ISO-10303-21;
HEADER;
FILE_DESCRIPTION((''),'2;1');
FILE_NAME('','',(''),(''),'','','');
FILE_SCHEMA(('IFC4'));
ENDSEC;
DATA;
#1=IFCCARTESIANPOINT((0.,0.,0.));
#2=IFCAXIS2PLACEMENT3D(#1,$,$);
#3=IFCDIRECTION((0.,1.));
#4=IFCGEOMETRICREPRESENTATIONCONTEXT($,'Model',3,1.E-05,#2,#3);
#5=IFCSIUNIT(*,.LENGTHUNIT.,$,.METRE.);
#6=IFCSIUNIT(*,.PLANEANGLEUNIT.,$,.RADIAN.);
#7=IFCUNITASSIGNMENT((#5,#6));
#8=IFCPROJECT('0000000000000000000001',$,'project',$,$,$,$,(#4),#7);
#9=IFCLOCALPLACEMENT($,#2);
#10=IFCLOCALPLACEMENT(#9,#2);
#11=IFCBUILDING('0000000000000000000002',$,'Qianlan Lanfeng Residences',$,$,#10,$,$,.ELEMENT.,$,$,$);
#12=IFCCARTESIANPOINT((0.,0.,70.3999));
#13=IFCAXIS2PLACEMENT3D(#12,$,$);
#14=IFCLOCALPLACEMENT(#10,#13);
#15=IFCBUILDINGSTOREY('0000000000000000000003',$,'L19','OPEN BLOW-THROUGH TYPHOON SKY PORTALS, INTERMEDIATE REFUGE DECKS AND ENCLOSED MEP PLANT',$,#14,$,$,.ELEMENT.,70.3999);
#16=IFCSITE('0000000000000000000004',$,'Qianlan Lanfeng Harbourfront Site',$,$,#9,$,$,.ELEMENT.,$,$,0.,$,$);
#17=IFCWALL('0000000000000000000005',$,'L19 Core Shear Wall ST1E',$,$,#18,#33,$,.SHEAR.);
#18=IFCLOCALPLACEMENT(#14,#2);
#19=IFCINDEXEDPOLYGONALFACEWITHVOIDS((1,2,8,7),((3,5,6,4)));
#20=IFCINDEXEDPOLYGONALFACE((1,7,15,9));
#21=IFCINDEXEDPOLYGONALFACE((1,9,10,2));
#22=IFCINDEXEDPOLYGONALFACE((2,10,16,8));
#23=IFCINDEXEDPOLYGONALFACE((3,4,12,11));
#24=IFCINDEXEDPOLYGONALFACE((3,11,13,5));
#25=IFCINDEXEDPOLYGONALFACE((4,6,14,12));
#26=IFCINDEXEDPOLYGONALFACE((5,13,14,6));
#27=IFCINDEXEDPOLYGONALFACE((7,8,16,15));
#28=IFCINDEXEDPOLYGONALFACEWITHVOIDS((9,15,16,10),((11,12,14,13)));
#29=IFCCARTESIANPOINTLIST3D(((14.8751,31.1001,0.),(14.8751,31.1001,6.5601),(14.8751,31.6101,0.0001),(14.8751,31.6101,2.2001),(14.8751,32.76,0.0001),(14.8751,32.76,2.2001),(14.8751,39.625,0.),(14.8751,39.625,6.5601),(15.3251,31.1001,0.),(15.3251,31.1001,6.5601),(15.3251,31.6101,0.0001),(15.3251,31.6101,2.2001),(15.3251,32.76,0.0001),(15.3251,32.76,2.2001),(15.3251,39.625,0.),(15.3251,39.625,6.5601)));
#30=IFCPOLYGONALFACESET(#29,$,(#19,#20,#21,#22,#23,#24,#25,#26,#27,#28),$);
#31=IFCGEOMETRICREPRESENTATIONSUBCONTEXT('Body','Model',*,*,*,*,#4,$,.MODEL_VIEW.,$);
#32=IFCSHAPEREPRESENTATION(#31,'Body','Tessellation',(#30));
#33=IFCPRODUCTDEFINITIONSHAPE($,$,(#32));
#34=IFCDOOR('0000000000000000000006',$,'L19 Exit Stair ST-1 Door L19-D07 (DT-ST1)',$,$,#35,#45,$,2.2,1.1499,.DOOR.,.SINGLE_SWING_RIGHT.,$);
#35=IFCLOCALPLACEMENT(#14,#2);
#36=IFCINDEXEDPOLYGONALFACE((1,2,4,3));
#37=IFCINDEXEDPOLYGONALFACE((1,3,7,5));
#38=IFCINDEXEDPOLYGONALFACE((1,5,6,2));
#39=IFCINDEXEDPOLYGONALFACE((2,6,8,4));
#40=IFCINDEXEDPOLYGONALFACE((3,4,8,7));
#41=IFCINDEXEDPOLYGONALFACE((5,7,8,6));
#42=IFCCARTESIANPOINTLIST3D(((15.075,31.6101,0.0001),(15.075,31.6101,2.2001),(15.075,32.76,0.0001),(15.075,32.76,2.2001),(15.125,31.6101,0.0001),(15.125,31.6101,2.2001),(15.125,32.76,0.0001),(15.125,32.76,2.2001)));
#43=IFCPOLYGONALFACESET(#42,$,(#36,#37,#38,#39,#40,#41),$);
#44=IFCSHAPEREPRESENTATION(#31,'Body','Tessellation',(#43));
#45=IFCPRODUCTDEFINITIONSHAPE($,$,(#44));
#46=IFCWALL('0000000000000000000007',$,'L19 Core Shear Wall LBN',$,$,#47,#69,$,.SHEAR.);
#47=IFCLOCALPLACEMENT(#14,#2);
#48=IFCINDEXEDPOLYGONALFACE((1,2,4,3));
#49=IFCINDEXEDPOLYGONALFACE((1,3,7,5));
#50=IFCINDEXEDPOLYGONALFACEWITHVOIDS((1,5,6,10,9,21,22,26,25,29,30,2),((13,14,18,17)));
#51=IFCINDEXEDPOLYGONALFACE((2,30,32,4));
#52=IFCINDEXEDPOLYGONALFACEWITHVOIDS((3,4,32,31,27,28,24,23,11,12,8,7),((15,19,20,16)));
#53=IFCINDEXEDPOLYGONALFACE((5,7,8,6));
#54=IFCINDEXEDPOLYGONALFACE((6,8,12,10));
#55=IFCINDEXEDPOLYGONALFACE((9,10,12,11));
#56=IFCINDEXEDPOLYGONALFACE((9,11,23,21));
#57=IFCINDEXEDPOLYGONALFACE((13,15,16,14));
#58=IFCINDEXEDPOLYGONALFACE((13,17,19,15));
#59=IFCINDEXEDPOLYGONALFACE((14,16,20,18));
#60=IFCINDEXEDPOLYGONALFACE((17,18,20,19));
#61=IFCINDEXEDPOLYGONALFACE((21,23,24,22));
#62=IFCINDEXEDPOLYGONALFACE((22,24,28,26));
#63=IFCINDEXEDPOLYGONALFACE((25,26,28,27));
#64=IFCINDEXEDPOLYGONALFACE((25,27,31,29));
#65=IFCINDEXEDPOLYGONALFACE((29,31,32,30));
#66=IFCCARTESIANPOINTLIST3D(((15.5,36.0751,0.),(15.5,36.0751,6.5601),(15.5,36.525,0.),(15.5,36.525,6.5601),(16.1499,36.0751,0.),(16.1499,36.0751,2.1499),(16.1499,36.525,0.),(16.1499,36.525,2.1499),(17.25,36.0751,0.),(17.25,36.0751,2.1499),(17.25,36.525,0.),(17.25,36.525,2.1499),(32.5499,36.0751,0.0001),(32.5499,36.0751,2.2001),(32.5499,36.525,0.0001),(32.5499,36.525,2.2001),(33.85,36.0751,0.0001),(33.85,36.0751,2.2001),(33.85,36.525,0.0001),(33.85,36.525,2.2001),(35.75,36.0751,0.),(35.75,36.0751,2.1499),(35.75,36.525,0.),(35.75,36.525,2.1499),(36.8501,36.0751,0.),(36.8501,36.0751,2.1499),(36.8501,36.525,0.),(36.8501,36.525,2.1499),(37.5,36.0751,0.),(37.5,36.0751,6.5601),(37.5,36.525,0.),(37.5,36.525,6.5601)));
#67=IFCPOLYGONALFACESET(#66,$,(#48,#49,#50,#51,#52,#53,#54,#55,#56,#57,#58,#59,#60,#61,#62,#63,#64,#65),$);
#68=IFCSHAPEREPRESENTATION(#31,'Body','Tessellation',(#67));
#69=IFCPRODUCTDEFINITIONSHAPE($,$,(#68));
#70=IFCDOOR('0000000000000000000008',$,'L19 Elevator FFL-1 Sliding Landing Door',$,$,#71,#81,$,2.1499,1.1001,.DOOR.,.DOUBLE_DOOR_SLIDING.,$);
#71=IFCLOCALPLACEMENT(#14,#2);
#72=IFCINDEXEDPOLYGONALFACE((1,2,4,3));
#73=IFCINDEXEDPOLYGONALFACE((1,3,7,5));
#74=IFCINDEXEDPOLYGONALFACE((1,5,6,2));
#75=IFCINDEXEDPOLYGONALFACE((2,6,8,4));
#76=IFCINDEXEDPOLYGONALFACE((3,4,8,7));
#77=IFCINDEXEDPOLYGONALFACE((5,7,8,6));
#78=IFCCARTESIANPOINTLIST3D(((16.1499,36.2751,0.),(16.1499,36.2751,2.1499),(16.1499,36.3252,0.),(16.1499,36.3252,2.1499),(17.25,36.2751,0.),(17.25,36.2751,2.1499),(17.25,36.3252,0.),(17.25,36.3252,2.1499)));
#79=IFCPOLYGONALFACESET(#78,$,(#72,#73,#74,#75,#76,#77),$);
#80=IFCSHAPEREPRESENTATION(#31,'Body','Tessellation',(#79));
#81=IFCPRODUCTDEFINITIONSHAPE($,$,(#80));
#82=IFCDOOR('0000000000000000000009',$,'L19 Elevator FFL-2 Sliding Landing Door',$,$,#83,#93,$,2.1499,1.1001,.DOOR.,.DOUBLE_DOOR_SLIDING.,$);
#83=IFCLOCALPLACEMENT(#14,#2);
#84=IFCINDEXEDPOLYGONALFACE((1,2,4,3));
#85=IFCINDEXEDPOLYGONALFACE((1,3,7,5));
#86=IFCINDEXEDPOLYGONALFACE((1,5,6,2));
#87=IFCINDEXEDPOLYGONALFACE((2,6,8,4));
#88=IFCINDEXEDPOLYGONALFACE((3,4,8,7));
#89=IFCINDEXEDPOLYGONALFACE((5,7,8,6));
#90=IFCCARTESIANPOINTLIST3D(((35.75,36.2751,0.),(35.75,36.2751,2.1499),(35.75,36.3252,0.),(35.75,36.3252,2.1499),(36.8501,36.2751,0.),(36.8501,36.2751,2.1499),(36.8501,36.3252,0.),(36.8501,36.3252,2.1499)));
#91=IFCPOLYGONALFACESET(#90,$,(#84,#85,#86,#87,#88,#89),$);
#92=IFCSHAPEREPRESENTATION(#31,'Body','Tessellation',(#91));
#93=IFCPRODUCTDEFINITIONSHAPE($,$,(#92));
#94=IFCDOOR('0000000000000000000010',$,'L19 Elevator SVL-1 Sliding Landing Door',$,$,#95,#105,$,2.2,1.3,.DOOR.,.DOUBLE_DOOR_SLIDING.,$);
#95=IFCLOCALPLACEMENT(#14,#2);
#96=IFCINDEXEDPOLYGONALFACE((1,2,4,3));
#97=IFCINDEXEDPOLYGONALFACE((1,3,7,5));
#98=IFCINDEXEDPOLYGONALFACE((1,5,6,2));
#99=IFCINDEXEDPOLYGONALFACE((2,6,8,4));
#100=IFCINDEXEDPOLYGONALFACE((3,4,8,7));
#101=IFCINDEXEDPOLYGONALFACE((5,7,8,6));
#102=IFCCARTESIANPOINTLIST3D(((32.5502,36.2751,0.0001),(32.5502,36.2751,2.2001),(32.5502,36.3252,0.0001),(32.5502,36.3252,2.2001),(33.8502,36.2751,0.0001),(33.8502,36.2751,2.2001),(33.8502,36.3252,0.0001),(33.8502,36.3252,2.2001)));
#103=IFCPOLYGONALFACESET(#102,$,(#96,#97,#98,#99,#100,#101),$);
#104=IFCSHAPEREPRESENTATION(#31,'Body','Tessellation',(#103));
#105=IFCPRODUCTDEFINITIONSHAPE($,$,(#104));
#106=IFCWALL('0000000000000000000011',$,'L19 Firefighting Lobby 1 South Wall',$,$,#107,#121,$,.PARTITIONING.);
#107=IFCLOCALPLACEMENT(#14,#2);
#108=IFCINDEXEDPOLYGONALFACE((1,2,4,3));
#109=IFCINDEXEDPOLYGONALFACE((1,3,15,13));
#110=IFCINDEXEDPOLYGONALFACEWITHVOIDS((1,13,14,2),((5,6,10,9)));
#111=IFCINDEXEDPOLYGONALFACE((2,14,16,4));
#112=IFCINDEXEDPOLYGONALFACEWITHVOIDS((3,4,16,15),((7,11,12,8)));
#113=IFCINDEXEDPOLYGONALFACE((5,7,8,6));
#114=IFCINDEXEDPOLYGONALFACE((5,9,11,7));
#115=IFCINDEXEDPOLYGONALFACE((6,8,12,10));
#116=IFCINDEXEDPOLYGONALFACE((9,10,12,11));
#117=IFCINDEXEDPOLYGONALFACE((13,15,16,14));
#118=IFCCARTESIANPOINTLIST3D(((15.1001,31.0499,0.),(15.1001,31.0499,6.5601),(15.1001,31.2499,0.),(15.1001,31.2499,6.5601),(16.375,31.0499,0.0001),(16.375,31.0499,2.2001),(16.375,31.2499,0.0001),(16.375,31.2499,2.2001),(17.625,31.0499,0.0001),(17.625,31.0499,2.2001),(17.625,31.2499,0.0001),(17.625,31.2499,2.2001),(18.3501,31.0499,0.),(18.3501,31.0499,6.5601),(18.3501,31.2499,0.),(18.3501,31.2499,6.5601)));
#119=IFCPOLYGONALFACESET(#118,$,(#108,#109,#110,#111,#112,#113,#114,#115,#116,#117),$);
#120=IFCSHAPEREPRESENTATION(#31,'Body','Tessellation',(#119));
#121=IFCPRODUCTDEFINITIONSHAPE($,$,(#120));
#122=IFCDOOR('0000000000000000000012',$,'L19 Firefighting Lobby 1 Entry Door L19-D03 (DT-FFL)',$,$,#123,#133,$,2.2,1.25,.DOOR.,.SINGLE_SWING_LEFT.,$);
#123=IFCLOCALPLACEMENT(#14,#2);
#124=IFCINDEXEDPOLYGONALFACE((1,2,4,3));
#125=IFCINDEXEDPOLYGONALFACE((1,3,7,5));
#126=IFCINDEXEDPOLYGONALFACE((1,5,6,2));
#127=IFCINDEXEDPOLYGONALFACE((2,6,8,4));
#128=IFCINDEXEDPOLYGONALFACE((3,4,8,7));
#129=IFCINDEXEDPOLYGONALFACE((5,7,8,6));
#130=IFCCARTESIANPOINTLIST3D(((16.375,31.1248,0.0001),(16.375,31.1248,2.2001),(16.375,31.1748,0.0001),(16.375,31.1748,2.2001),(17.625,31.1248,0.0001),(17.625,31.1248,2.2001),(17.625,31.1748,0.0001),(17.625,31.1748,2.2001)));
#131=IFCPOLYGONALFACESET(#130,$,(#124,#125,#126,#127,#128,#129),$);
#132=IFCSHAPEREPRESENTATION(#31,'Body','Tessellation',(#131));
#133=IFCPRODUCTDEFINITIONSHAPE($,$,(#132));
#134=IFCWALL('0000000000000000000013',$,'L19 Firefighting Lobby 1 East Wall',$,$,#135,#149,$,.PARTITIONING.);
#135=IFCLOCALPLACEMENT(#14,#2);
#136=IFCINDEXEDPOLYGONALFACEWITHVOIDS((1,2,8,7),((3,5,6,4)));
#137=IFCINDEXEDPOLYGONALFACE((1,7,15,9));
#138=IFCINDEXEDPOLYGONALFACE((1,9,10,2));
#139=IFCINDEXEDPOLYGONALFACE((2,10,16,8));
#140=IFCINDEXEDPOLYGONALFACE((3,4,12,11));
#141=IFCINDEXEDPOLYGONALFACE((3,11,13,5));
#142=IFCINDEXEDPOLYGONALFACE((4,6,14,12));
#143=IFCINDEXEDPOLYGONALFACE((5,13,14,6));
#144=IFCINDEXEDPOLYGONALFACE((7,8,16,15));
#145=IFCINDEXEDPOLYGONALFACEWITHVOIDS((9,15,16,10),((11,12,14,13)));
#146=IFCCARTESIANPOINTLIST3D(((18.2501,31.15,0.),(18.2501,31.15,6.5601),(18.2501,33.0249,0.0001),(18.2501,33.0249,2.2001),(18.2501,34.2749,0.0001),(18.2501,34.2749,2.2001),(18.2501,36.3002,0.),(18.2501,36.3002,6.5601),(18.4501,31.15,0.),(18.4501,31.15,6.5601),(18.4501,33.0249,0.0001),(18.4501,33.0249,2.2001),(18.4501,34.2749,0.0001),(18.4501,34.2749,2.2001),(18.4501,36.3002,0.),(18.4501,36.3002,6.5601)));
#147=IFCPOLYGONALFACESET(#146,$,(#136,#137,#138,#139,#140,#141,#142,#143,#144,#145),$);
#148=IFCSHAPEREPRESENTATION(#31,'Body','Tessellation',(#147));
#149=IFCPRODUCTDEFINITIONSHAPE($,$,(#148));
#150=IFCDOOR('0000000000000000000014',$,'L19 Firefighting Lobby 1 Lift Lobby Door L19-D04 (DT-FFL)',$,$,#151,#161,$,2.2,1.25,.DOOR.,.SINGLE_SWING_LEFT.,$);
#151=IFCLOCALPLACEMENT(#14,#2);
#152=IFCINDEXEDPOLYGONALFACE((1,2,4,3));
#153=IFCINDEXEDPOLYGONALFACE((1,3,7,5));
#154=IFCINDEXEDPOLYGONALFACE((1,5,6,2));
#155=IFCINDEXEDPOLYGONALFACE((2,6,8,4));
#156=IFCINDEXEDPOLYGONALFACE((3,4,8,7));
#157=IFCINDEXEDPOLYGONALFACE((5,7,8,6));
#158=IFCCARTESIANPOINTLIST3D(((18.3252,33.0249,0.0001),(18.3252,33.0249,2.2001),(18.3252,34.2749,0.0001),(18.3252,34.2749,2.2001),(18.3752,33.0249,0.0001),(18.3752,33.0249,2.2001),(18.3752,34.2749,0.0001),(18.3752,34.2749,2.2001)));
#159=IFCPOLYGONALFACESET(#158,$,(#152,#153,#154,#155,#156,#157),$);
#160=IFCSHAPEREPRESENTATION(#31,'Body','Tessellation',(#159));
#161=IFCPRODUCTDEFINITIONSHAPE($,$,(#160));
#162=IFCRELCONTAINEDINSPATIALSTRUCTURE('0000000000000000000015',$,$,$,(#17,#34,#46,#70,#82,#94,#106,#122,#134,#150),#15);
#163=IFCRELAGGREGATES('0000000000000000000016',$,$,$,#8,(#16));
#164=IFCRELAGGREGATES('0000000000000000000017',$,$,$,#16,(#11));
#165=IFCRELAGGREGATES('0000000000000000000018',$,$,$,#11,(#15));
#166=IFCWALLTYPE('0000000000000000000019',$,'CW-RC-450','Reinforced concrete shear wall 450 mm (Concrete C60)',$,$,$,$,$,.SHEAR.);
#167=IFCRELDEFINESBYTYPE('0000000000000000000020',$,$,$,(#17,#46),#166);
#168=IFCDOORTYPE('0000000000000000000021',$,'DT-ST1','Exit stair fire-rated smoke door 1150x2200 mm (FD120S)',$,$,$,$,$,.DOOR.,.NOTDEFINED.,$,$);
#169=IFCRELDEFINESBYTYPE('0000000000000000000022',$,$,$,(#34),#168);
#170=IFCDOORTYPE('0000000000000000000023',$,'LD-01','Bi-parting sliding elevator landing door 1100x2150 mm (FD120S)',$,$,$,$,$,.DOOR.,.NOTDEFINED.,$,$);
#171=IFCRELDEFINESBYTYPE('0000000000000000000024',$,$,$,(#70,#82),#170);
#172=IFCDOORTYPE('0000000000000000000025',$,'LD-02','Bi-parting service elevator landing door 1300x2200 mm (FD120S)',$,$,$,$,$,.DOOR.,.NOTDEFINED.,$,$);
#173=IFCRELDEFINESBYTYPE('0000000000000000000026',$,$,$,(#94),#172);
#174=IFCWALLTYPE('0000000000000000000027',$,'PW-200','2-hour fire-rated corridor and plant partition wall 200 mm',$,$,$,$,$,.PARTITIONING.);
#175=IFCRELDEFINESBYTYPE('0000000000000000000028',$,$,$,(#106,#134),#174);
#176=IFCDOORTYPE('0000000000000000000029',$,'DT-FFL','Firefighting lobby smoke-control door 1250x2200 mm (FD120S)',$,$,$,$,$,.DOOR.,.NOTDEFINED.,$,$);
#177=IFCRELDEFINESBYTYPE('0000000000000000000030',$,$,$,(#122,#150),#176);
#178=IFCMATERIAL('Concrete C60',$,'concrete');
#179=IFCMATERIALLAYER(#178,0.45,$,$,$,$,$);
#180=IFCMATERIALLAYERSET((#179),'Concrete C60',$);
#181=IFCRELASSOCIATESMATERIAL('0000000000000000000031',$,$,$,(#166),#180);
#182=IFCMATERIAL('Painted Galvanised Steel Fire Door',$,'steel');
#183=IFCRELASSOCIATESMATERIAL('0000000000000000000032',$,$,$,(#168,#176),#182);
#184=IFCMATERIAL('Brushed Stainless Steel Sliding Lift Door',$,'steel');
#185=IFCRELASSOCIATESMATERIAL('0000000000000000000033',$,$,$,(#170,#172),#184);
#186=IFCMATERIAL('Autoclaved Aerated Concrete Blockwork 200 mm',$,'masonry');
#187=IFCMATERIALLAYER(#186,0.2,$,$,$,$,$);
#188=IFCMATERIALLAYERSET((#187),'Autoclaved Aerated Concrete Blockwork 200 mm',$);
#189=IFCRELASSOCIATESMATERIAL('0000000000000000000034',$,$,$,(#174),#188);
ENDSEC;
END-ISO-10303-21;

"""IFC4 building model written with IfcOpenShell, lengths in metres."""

from ifc_helpers import new_model, si_unit, direction, frame, frame_2d, origin, place, context, subcontext, project, spatial, rectangle, extrude, material, layer, layer_set, type_object, element, fill, save


model = new_model("IFC4")

# Units and contexts
model_context = context("Model", 3, precision=1e-05, world=origin(), true_north=direction((0.0, 1.0)))
body_context = subcontext(model_context, "Body", "Model", "MODEL_VIEW")
ifc_project = project(units=[si_unit("LENGTHUNIT", "METRE"), si_unit("PLANEANGLEUNIT", "RADIAN")], contexts=[model_context])

# Site, building, storey
site_placement = place(None, origin())
site = spatial("IfcSite", under=ifc_project, at=site_placement, Name="Qianlan Lanfeng Harbourfront Site", CompositionType="ELEMENT", RefElevation=0.0)
building_placement = place(site_placement, origin())
building = spatial("IfcBuilding", under=site, at=building_placement, Name="Qianlan Lanfeng Residences", CompositionType="ELEMENT")
storey_placement = place(building_placement, frame((0.0, 0.0, 70.3999)))
storey = spatial("IfcBuildingStorey", under=building, at=storey_placement, Name="L19", Description="OPEN BLOW-THROUGH TYPHOON SKY PORTALS, INTERMEDIATE REFUGE DECKS AND ENCLOSED MEP PLANT", CompositionType="ELEMENT", Elevation=70.3999)

# Wall, opening, door
ifc_material_1 = material(Name="Concrete C60", Category="concrete")
ifc_layer_1 = layer(ifc_material_1, 0.45)
ifc_layer_set_1 = layer_set([ifc_layer_1], Name="Concrete C60")
wall_type_1 = type_object("IfcWallType", Name="CW-RC-450", Description="Reinforced concrete shear wall 450 mm (Concrete C60)", PredefinedType="SHEAR", material=ifc_layer_set_1)
wall_1_placement = place(storey_placement, frame((15.1001, 31.1001, 0.0), z_axis=(0.0, 0.0, 1.0), x_axis=(0.0, 1.0, 0.0)))
wall_1 = element("IfcWall", 1, at=wall_1_placement, inside=storey, type_object=wall_type_1, Name="L19 Core Shear Wall ST1E", PredefinedType="SHEAR", context=body_context, shape_type="SweptSolid", body=[
    extrude(rectangle(XDim=8.5249, YDim=0.45, at=frame_2d((4.2625, 0.0))), origin(), (0.0, 0.0, 1.0), 6.5601),
])
opening_1_placement = place(wall_1_placement, frame((0.51, 0.0, 0.0)))
opening_1 = element("IfcOpeningElement", 2, at=opening_1_placement, cuts=wall_1, PredefinedType="OPENING", context=body_context, shape_type="SweptSolid", body=[
    extrude(rectangle(XDim=1.1499, YDim=2.2, at=frame_2d((0.575, 1.1001))), frame((0.0, 0.2349, 0.0), z_axis=(0.0, -1.0, 0.0), x_axis=(1.0, 0.0, 0.0)), (0.0, 0.0, 1.0), 0.47),
])
ifc_material_2 = material(Name="Painted Galvanised Steel Fire Door", Category="steel")
door_type_1 = type_object("IfcDoorType", Name="DT-ST1", Description="Exit stair fire-rated smoke door 1150x2200 mm (FD120S)", OperationType="NOTDEFINED", PredefinedType="DOOR", material=ifc_material_2)
door_1_placement = place(opening_1_placement, frame((1.1499, 0.0, 0.0), z_axis=(0.0, 0.0, 1.0), x_axis=(-1.0, 0.0, 0.0)))
door_1 = element("IfcDoor", 3, at=door_1_placement, inside=storey, type_object=door_type_1, Name="L19 Exit Stair ST-1 Door L19-D07 (DT-ST1)", OperationType="SINGLE_SWING_RIGHT", OverallHeight=2.2, OverallWidth=1.1499, PredefinedType="DOOR", context=body_context, shape_type="SweptSolid", body=[
    extrude(rectangle(XDim=1.1499, YDim=2.2, at=frame_2d((0.575, 1.1001))), frame((0.0, 0.0249, 0.0), z_axis=(0.0, -1.0, 0.0), x_axis=(1.0, 0.0, 0.0)), (0.0, 0.0, 1.0), 0.05),
])
fill(opening_1, door_1)

# Wall, openings, doors
wall_2_placement = place(storey_placement, frame((15.5, 36.3, 0.0), z_axis=(0.0, 0.0, 1.0), x_axis=(1.0, 0.0, 0.0)))
wall_2 = element("IfcWall", 4, at=wall_2_placement, inside=storey, type_object=wall_type_1, Name="L19 Core Shear Wall LBN", PredefinedType="SHEAR", context=body_context, shape_type="SweptSolid", body=[
    extrude(rectangle(XDim=22.0, YDim=0.45, at=frame_2d((11.0, 0.0))), origin(), (0.0, 0.0, 1.0), 6.5601),
])
opening_2_placement = place(wall_2_placement, frame((0.6499, 0.0, 0.0)))
opening_2 = element("IfcOpeningElement", 5, at=opening_2_placement, cuts=wall_2, PredefinedType="OPENING", context=body_context, shape_type="SweptSolid", body=[
    extrude(rectangle(XDim=1.1001, YDim=2.1499, at=frame_2d((0.55, 1.075))), frame((0.0, 0.2349, 0.0), z_axis=(0.0, -1.0, 0.0), x_axis=(1.0, 0.0, 0.0)), (0.0, 0.0, 1.0), 0.47),
])
opening_3_placement = place(wall_2_placement, frame((20.25, 0.0, 0.0)))
opening_3 = element("IfcOpeningElement", 6, at=opening_3_placement, cuts=wall_2, PredefinedType="OPENING", context=body_context, shape_type="SweptSolid", body=[
    extrude(rectangle(XDim=1.1001, YDim=2.1499, at=frame_2d((0.55, 1.075))), frame((0.0, 0.2349, 0.0), z_axis=(0.0, -1.0, 0.0), x_axis=(1.0, 0.0, 0.0)), (0.0, 0.0, 1.0), 0.47),
])
opening_4_placement = place(wall_2_placement, frame((17.05, 0.0, 0.0)))
opening_4 = element("IfcOpeningElement", 7, at=opening_4_placement, cuts=wall_2, PredefinedType="OPENING", context=body_context, shape_type="SweptSolid", body=[
    extrude(rectangle(XDim=1.3, YDim=2.2, at=frame_2d((0.6499, 1.1001))), frame((0.0, 0.2349, 0.0), z_axis=(0.0, -1.0, 0.0), x_axis=(1.0, 0.0, 0.0)), (0.0, 0.0, 1.0), 0.47),
])
ifc_material_3 = material(Name="Brushed Stainless Steel Sliding Lift Door", Category="steel")
door_type_2 = type_object("IfcDoorType", Name="LD-01", Description="Bi-parting sliding elevator landing door 1100x2150 mm (FD120S)", OperationType="NOTDEFINED", PredefinedType="DOOR", material=ifc_material_3)
door_2_placement = place(opening_2_placement, frame((1.1001, 0.0, 0.0), z_axis=(0.0, 0.0, 1.0), x_axis=(-1.0, 0.0, 0.0)))
door_2 = element("IfcDoor", 8, at=door_2_placement, inside=storey, type_object=door_type_2, Name="L19 Elevator FFL-1 Sliding Landing Door", OperationType="DOUBLE_DOOR_SLIDING", OverallHeight=2.1499, OverallWidth=1.1001, PredefinedType="DOOR", context=body_context, shape_type="SweptSolid", body=[
    extrude(rectangle(XDim=1.1001, YDim=2.1499, at=frame_2d((0.55, 1.075))), frame((0.0, 0.0249, 0.0), z_axis=(0.0, -1.0, 0.0), x_axis=(1.0, 0.0, 0.0)), (0.0, 0.0, 1.0), 0.05),
])
fill(opening_2, door_2)
door_3_placement = place(opening_3_placement, frame((1.1001, 0.0, 0.0), z_axis=(0.0, 0.0, 1.0), x_axis=(-1.0, 0.0, 0.0)))
door_3 = element("IfcDoor", 9, at=door_3_placement, inside=storey, type_object=door_type_2, Name="L19 Elevator FFL-2 Sliding Landing Door", OperationType="DOUBLE_DOOR_SLIDING", OverallHeight=2.1499, OverallWidth=1.1001, PredefinedType="DOOR", context=body_context, shape_type="SweptSolid", body=[
    extrude(rectangle(XDim=1.1001, YDim=2.1499, at=frame_2d((0.55, 1.075))), frame((0.0, 0.0249, 0.0), z_axis=(0.0, -1.0, 0.0), x_axis=(1.0, 0.0, 0.0)), (0.0, 0.0, 1.0), 0.05),
])
fill(opening_3, door_3)
door_type_3 = type_object("IfcDoorType", Name="LD-02", Description="Bi-parting service elevator landing door 1300x2200 mm (FD120S)", OperationType="NOTDEFINED", PredefinedType="DOOR", material=ifc_material_3)
door_4_placement = place(opening_4_placement, frame((1.3, 0.0, 0.0), z_axis=(0.0, 0.0, 1.0), x_axis=(-1.0, 0.0, 0.0)))
door_4 = element("IfcDoor", 10, at=door_4_placement, inside=storey, type_object=door_type_3, Name="L19 Elevator SVL-1 Sliding Landing Door", OperationType="DOUBLE_DOOR_SLIDING", OverallHeight=2.2, OverallWidth=1.3, PredefinedType="DOOR", context=body_context, shape_type="SweptSolid", body=[
    extrude(rectangle(XDim=1.3, YDim=2.2, at=frame_2d((0.6499, 1.1001))), frame((0.0, 0.0249, 0.0), z_axis=(0.0, -1.0, 0.0), x_axis=(1.0, 0.0, 0.0)), (0.0, 0.0, 1.0), 0.05),
])
fill(opening_4, door_4)

# Walls, openings, doors
ifc_material_4 = material(Name="Autoclaved Aerated Concrete Blockwork 200 mm", Category="masonry")
ifc_layer_2 = layer(ifc_material_4, 0.2)
ifc_layer_set_2 = layer_set([ifc_layer_2], Name="Autoclaved Aerated Concrete Blockwork 200 mm")
wall_type_2 = type_object("IfcWallType", Name="PW-200", Description="2-hour fire-rated corridor and plant partition wall 200 mm", PredefinedType="PARTITIONING", material=ifc_layer_set_2)
wall_3_placement = place(storey_placement, frame((15.1001, 31.1499, 0.0), z_axis=(0.0, 0.0, 1.0), x_axis=(1.0, 0.0, 0.0)))
wall_3 = element("IfcWall", 11, at=wall_3_placement, inside=storey, type_object=wall_type_2, Name="L19 Firefighting Lobby 1 South Wall", PredefinedType="PARTITIONING", context=body_context, shape_type="SweptSolid", body=[
    extrude(rectangle(XDim=3.25, YDim=0.2, at=frame_2d((1.625, 0.0))), origin(), (0.0, 0.0, 1.0), 6.5601),
])
opening_5_placement = place(wall_3_placement, frame((1.2749, 0.0, 0.0)))
opening_5 = element("IfcOpeningElement", 12, at=opening_5_placement, cuts=wall_3, PredefinedType="OPENING", context=body_context, shape_type="SweptSolid", body=[
    extrude(rectangle(XDim=1.25, YDim=2.2, at=frame_2d((0.625, 1.1001))), frame((0.0, 0.1099, 0.0), z_axis=(0.0, -1.0, 0.0), x_axis=(1.0, 0.0, 0.0)), (0.0, 0.0, 1.0), 0.22),
])
door_type_4 = type_object("IfcDoorType", Name="DT-FFL", Description="Firefighting lobby smoke-control door 1250x2200 mm (FD120S)", OperationType="NOTDEFINED", PredefinedType="DOOR", material=ifc_material_2)
door_5_placement = place(opening_5_placement, origin())
door_5 = element("IfcDoor", 13, at=door_5_placement, inside=storey, type_object=door_type_4, Name="L19 Firefighting Lobby 1 Entry Door L19-D03 (DT-FFL)", OperationType="SINGLE_SWING_LEFT", OverallHeight=2.2, OverallWidth=1.25, PredefinedType="DOOR", context=body_context, shape_type="SweptSolid", body=[
    extrude(rectangle(XDim=1.25, YDim=2.2, at=frame_2d((0.625, 1.1001))), frame((0.0, 0.0249, 0.0), z_axis=(0.0, -1.0, 0.0), x_axis=(1.0, 0.0, 0.0)), (0.0, 0.0, 1.0), 0.05),
])
fill(opening_5, door_5)
wall_4_placement = place(storey_placement, frame((18.3501, 31.1499, 0.0), z_axis=(0.0, 0.0, 1.0), x_axis=(0.0, 1.0, 0.0)))
wall_4 = element("IfcWall", 14, at=wall_4_placement, inside=storey, type_object=wall_type_2, Name="L19 Firefighting Lobby 1 East Wall", PredefinedType="PARTITIONING", context=body_context, shape_type="SweptSolid", body=[
    extrude(rectangle(XDim=5.1501, YDim=0.2, at=frame_2d((2.5752, 0.0))), origin(), (0.0, 0.0, 1.0), 6.5601),
])
opening_6_placement = place(wall_4_placement, frame((1.875, 0.0, 0.0)))
opening_6 = element("IfcOpeningElement", 15, at=opening_6_placement, cuts=wall_4, PredefinedType="OPENING", context=body_context, shape_type="SweptSolid", body=[
    extrude(rectangle(XDim=1.25, YDim=2.2, at=frame_2d((0.625, 1.1001))), frame((0.0, 0.1099, 0.0), z_axis=(0.0, -1.0, 0.0), x_axis=(1.0, 0.0, 0.0)), (0.0, 0.0, 1.0), 0.22),
])
door_6_placement = place(opening_6_placement, origin())
door_6 = element("IfcDoor", 16, at=door_6_placement, inside=storey, type_object=door_type_4, Name="L19 Firefighting Lobby 1 Lift Lobby Door L19-D04 (DT-FFL)", OperationType="SINGLE_SWING_LEFT", OverallHeight=2.2, OverallWidth=1.25, PredefinedType="DOOR", context=body_context, shape_type="SweptSolid", body=[
    extrude(rectangle(XDim=1.25, YDim=2.2, at=frame_2d((0.625, 1.1001))), frame((0.0, 0.0249, 0.0), z_axis=(0.0, -1.0, 0.0), x_axis=(1.0, 0.0, 0.0)), (0.0, 0.0, 1.0), 0.05),
])
fill(opening_6, door_6)

save(model, "model.ifc")
